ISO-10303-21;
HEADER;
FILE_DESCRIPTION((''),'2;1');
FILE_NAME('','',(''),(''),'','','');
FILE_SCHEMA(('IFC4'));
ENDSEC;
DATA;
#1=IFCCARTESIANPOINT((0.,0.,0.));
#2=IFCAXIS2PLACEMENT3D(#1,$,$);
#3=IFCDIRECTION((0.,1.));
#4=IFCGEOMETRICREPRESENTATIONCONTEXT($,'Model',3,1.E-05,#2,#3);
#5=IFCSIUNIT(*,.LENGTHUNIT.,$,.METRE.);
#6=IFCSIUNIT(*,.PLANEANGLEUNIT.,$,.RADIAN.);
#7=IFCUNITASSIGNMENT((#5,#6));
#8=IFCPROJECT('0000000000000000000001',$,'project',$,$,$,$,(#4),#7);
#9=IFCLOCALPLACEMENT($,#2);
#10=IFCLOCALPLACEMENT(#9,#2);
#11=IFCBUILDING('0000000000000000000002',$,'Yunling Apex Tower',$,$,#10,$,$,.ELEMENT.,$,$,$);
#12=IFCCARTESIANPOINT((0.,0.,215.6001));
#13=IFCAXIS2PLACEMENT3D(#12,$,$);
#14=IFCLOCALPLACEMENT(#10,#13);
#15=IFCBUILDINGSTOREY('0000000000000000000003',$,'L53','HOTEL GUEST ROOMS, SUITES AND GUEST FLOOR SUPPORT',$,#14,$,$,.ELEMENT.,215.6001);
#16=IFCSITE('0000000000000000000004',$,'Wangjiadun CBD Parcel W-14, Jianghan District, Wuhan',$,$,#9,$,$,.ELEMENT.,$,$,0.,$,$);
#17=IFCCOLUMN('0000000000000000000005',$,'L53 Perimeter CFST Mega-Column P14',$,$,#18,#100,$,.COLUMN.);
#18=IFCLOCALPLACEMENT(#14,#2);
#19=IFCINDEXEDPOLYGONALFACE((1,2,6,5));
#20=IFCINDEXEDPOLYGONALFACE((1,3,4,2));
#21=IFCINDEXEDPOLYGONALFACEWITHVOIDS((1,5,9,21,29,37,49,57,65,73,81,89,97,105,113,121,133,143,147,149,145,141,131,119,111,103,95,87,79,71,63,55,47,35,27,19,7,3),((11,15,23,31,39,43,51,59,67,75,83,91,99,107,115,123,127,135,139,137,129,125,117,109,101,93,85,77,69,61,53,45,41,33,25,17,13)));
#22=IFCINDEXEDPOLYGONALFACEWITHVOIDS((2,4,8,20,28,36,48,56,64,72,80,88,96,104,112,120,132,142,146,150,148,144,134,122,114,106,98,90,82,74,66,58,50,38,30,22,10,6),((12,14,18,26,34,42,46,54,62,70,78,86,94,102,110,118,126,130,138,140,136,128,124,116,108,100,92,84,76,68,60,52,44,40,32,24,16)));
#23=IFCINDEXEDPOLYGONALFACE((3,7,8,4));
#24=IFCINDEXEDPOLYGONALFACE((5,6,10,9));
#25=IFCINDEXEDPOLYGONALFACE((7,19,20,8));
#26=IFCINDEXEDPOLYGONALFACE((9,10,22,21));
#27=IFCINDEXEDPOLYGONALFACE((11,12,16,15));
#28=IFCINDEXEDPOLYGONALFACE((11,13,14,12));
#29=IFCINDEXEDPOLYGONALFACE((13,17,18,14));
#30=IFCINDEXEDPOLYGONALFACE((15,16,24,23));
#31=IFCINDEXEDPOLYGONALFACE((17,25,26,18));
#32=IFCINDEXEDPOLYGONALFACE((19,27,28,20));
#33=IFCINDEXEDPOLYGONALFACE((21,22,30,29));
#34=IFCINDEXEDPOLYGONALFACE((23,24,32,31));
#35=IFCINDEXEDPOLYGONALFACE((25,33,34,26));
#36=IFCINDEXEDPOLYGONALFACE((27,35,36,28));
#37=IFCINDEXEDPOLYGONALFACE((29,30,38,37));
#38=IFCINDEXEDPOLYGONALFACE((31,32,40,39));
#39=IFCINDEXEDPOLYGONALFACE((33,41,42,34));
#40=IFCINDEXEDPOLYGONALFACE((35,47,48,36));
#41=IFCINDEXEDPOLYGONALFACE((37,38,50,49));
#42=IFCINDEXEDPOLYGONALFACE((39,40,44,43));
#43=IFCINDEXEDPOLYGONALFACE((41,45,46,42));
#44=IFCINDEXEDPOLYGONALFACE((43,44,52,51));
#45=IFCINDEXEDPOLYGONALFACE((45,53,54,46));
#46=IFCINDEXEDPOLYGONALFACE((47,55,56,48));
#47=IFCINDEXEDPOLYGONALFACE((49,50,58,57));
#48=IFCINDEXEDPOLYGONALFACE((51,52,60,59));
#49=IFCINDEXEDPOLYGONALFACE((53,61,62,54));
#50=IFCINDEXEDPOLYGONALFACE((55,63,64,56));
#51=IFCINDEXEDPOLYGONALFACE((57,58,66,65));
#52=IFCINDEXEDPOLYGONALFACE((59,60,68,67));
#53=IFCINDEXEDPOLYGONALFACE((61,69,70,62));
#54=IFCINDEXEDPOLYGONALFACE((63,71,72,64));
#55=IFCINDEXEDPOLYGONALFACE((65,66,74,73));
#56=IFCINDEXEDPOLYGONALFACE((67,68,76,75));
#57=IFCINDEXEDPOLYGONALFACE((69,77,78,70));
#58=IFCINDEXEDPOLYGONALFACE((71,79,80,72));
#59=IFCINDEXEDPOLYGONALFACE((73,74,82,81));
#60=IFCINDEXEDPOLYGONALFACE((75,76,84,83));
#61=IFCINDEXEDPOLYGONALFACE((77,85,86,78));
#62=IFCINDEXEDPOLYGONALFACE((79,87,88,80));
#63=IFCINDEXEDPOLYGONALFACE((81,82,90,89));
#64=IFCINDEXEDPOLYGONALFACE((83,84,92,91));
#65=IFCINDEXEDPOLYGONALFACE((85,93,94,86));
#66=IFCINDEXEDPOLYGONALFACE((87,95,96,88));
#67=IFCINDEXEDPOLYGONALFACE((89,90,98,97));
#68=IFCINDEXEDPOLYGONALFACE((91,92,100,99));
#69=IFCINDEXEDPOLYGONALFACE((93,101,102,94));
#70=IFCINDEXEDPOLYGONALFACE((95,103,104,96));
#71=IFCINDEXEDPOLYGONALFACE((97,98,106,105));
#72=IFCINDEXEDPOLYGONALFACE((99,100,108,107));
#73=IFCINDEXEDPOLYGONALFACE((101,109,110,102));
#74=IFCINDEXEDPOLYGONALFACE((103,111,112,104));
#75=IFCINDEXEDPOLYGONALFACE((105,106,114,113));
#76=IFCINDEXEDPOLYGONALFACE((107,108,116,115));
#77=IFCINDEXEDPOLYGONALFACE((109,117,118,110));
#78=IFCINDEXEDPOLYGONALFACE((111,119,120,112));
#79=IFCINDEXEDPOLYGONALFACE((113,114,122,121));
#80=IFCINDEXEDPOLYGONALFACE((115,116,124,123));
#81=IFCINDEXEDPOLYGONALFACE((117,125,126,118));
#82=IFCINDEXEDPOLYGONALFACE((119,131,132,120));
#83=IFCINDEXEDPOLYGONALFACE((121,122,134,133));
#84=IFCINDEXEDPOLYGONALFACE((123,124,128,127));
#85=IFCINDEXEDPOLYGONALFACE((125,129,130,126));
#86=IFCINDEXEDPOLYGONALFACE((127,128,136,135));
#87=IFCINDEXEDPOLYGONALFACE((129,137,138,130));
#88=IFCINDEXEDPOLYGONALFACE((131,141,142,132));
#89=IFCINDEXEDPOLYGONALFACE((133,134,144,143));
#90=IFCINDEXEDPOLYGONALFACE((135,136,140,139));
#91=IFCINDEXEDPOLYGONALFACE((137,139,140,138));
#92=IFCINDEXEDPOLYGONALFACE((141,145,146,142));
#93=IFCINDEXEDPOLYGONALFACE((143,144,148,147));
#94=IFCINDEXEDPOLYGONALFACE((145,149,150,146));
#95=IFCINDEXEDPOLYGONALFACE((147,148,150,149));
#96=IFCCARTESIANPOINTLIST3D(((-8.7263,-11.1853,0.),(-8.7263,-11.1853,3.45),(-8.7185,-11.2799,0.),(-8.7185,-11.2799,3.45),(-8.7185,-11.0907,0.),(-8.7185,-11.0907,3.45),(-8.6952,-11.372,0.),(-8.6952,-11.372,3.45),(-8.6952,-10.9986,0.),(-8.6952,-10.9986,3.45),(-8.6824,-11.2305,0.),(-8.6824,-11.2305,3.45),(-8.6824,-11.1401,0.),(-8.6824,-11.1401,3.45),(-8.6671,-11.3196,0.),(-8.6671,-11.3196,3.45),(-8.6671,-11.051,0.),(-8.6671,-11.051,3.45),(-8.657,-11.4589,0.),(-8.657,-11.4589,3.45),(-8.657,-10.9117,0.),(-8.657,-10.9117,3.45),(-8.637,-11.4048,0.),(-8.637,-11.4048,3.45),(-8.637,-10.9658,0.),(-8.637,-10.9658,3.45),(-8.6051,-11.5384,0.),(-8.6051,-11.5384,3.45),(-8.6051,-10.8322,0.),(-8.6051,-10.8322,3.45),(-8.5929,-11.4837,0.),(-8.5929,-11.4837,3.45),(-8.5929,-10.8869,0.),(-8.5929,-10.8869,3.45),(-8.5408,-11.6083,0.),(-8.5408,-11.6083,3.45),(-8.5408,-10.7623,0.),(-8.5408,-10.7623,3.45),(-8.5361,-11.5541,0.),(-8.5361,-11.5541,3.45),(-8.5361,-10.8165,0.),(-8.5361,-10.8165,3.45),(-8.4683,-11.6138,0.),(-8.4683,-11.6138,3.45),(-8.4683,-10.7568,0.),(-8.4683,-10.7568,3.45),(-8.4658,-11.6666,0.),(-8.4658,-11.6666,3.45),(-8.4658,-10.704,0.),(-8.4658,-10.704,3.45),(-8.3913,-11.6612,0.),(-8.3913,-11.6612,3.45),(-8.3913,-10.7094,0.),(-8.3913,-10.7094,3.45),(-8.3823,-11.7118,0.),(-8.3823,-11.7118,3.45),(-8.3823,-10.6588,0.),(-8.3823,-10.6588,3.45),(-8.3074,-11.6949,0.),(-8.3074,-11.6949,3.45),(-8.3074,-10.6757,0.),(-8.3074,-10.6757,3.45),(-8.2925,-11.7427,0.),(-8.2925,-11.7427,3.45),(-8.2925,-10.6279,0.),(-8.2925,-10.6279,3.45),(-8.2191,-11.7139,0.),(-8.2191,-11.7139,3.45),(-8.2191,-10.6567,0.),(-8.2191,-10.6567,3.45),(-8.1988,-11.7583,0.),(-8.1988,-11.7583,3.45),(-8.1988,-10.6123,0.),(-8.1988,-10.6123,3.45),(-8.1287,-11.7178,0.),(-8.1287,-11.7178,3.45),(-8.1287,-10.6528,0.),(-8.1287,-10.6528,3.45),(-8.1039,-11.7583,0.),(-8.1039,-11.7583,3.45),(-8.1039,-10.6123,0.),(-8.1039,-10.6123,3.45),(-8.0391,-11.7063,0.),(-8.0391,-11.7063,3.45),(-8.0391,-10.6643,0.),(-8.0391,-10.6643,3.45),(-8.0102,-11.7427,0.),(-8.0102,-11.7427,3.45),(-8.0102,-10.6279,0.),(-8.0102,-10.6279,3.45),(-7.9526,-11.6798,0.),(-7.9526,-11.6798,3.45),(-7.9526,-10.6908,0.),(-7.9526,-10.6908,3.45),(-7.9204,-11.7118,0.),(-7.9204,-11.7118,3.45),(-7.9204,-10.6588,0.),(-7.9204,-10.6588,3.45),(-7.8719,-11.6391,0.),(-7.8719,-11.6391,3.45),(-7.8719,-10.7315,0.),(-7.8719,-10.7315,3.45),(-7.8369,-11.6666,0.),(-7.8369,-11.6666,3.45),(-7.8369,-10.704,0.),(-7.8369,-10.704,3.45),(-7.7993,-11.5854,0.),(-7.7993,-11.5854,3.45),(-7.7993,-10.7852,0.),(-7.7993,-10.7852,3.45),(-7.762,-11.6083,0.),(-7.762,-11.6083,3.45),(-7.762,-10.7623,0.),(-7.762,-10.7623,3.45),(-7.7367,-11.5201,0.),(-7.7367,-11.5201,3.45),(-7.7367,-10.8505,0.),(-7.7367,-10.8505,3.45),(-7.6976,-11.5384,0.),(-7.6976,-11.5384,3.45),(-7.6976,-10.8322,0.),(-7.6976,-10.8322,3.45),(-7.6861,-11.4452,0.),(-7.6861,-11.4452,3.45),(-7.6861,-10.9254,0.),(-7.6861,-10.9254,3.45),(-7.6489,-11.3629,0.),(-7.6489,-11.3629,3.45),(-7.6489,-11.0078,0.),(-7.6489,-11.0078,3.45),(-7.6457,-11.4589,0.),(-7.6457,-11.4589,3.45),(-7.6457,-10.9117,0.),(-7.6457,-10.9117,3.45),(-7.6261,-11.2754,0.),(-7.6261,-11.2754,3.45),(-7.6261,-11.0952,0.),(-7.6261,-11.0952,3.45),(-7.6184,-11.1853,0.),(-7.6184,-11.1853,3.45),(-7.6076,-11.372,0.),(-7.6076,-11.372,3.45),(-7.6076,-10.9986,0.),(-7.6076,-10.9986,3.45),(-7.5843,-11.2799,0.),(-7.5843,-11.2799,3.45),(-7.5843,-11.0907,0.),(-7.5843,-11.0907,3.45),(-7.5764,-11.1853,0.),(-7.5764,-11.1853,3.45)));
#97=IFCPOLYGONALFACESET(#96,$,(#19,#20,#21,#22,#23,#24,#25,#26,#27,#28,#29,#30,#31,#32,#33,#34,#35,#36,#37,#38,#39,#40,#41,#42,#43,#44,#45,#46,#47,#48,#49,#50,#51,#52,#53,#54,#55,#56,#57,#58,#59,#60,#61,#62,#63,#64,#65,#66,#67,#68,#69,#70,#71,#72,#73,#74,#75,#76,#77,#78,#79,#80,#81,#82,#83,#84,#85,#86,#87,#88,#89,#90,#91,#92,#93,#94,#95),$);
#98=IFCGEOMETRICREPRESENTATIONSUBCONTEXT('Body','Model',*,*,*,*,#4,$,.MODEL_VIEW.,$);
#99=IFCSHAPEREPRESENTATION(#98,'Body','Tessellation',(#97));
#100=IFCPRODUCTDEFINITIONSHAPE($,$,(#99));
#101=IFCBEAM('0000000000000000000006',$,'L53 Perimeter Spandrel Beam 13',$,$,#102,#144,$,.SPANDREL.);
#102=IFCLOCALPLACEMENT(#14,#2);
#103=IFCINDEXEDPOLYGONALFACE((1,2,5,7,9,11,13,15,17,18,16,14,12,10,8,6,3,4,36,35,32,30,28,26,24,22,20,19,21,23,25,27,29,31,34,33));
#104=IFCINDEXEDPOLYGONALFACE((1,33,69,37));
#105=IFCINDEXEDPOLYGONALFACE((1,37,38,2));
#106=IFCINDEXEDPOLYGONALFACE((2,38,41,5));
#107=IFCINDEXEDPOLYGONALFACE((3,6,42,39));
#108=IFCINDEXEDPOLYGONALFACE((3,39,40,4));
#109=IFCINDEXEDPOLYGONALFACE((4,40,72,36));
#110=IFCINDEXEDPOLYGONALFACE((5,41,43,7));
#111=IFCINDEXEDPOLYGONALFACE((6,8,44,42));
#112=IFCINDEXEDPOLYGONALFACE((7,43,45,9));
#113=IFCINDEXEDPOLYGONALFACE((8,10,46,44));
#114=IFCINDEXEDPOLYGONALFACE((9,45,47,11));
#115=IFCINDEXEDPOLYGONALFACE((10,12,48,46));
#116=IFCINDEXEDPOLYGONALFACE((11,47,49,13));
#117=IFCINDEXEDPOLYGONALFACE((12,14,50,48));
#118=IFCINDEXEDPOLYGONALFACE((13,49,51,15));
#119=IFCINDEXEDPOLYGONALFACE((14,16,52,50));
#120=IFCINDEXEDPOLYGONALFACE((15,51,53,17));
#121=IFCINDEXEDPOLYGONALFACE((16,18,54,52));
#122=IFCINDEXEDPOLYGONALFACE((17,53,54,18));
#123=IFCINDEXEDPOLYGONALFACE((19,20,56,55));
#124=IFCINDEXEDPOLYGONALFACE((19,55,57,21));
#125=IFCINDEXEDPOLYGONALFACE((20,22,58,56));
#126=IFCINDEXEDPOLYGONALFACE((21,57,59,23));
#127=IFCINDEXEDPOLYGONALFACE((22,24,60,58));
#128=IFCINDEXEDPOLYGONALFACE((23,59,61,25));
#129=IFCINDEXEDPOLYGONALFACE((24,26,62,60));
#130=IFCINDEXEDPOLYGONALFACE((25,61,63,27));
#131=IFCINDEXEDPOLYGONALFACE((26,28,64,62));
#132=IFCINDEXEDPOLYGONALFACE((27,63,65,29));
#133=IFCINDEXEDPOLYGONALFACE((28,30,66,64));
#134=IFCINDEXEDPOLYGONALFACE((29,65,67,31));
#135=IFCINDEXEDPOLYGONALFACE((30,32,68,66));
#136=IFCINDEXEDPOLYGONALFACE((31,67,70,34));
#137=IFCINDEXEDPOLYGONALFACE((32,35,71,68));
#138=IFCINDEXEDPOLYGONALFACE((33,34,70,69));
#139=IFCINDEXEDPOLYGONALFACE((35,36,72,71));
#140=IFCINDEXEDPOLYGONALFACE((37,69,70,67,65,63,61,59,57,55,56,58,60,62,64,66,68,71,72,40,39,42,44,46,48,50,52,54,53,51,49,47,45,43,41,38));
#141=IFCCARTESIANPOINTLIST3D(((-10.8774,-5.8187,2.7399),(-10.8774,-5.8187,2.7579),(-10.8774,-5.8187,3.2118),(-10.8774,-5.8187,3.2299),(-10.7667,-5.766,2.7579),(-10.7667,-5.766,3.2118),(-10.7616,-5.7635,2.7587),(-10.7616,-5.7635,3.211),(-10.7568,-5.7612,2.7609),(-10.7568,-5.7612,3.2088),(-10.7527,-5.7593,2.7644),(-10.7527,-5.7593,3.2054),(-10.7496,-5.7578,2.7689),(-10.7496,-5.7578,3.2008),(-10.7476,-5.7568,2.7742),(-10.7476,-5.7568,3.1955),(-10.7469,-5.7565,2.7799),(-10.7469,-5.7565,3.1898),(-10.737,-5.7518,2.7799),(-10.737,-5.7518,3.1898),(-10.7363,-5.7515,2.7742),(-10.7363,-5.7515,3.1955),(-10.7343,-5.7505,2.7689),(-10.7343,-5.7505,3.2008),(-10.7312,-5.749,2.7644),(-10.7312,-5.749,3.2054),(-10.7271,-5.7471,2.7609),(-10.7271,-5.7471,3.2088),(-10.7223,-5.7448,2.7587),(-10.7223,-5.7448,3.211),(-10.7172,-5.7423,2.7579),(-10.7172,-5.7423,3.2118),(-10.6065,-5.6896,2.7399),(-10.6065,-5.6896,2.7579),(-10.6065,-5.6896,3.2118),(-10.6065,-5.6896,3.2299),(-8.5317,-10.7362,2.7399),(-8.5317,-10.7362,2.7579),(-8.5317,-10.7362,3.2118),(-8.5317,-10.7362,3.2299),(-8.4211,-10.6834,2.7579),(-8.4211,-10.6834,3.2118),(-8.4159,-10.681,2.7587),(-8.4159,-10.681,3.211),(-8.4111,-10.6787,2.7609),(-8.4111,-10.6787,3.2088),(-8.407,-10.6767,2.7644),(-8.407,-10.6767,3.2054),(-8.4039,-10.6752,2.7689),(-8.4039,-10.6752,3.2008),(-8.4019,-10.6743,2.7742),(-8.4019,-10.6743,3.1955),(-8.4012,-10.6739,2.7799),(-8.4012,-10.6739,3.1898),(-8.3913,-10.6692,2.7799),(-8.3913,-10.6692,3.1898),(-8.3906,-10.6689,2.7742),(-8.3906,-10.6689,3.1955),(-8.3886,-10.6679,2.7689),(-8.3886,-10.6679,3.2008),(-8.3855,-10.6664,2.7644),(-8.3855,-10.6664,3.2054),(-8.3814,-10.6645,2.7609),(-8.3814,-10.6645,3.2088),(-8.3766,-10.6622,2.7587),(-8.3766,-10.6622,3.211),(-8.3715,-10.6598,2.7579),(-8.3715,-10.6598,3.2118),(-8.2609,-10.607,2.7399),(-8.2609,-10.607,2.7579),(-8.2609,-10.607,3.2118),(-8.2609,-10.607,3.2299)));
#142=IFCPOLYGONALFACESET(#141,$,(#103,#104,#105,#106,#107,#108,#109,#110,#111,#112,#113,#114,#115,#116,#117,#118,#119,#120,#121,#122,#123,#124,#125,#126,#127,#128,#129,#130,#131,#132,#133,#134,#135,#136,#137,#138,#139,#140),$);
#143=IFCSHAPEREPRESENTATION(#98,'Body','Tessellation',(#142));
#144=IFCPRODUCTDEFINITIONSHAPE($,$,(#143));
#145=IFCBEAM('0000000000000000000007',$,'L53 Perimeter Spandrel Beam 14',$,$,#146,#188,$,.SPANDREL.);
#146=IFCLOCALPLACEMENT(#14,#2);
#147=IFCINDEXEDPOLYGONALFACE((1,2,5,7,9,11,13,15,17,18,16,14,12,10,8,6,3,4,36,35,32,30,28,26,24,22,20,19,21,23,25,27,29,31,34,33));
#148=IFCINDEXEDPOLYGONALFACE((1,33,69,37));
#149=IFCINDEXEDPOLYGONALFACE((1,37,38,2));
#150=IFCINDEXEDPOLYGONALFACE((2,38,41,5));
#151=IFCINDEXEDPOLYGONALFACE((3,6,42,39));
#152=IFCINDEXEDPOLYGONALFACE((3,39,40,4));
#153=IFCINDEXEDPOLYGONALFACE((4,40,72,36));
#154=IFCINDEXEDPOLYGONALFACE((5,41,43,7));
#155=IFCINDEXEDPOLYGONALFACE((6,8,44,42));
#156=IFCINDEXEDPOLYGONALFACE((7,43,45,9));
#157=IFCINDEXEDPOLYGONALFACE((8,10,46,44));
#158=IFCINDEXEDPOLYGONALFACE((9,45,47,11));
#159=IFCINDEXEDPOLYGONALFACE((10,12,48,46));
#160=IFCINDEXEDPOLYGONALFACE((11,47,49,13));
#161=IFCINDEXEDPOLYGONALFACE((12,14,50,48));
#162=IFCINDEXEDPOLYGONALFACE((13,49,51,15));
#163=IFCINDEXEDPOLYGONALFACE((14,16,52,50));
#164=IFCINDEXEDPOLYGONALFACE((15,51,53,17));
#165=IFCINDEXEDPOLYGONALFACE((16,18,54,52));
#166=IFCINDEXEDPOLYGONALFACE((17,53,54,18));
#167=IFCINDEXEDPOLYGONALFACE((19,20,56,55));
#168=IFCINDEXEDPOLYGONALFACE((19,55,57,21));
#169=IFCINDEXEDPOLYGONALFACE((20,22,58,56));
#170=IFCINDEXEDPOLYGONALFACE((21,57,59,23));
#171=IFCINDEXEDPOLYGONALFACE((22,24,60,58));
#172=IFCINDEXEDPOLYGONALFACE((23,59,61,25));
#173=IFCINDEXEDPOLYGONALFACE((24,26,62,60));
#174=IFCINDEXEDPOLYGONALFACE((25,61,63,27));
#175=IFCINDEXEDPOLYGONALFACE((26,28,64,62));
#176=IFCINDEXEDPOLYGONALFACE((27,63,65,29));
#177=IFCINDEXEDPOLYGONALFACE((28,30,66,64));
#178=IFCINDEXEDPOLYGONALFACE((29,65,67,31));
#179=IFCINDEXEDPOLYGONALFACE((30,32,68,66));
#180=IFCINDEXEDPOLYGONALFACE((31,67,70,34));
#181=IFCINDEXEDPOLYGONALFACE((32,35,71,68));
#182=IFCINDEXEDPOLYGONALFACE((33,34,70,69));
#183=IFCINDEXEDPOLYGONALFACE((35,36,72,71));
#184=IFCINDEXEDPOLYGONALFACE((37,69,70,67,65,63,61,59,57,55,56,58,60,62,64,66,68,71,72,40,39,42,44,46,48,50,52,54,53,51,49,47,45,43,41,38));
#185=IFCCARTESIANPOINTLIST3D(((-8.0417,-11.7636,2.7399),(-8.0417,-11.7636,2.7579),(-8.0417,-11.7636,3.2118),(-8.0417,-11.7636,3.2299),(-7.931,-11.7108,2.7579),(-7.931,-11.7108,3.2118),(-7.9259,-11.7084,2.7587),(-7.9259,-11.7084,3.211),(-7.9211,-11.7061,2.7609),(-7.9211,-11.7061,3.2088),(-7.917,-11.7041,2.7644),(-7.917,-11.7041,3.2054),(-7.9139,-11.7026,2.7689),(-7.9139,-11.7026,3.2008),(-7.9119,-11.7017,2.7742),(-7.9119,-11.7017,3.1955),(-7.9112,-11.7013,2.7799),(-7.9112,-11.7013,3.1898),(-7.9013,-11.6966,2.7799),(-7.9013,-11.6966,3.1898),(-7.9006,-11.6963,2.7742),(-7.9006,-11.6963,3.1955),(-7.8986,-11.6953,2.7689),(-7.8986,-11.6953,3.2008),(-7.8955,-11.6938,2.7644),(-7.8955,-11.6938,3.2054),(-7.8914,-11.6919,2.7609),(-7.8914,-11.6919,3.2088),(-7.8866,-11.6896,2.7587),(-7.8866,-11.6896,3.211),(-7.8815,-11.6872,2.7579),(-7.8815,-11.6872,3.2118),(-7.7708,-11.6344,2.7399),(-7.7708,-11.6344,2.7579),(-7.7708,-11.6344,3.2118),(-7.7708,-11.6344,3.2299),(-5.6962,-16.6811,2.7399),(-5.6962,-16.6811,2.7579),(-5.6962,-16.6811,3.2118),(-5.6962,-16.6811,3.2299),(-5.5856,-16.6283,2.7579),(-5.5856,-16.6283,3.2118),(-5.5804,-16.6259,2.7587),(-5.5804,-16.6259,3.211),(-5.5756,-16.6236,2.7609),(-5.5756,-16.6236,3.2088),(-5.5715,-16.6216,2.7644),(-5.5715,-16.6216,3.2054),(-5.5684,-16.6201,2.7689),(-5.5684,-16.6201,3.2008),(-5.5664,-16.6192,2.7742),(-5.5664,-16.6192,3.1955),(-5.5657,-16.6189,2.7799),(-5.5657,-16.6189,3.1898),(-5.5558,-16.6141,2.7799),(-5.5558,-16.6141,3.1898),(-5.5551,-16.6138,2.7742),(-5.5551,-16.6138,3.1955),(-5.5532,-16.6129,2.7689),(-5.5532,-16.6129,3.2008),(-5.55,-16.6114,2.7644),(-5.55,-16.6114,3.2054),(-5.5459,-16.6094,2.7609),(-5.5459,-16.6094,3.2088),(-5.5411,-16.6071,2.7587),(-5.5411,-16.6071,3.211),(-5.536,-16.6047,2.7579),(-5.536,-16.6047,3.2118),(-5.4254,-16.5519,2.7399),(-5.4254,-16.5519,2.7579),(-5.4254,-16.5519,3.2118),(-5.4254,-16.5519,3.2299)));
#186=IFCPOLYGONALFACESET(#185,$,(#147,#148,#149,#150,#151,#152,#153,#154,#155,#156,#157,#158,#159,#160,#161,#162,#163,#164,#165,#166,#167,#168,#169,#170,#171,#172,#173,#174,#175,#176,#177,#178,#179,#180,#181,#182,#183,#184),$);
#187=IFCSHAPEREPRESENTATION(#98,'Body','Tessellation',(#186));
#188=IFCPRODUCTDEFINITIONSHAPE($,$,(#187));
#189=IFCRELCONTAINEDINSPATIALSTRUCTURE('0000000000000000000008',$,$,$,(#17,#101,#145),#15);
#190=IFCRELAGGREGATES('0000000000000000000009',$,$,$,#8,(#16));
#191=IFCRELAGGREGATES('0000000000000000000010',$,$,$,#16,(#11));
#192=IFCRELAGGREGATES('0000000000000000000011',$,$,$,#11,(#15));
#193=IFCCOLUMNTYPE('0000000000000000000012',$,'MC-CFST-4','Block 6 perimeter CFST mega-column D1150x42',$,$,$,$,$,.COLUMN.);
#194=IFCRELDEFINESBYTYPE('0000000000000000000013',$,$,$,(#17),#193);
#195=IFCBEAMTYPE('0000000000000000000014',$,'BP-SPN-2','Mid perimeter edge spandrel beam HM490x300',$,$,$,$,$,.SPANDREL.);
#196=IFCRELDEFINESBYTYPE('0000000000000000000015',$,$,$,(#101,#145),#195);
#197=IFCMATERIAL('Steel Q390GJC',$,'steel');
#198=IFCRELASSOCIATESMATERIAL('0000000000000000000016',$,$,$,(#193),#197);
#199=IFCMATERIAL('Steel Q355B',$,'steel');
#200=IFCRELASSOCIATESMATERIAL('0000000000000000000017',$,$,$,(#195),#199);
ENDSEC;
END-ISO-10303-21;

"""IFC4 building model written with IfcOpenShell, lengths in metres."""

from ifc_helpers import new_model, si_unit, direction, frame, origin, origin_2d, place, context, subcontext, project, spatial, hollow_circle, i_section, extrude, source, transform, mapped, material, material_profile, profile_set, type_object, element, save


model = new_model("IFC4")

# Units and contexts
model_context = context("Model", 3, precision=1e-05, world=origin(), true_north=direction((0.0, 1.0)))
body_context = subcontext(model_context, "Body", "Model", "MODEL_VIEW")
ifc_project = project(units=[si_unit("LENGTHUNIT", "METRE"), si_unit("PLANEANGLEUNIT", "RADIAN")], contexts=[model_context])

# Site, building, storey
site_placement = place(None, origin())
site = spatial("IfcSite", under=ifc_project, at=site_placement, Name="Wangjiadun CBD Parcel W-14, Jianghan District, Wuhan", CompositionType="ELEMENT", RefElevation=0.0)
building_placement = place(site_placement, origin())
building = spatial("IfcBuilding", under=site, at=building_placement, Name="Yunling Apex Tower", CompositionType="ELEMENT")
storey_placement = place(building_placement, frame((0.0, 0.0, 215.6001)))
storey = spatial("IfcBuildingStorey", under=building, at=storey_placement, Name="L53", Description="HOTEL GUEST ROOMS, SUITES AND GUEST FLOOR SUPPORT", CompositionType="ELEMENT", Elevation=215.6001)

# Column
ifc_material_1 = material(Name="Steel Q390GJC", Category="steel")
ifc_material_profile_1 = material_profile(ifc_material_1, hollow_circle(Radius=0.575, WallThickness=0.042, at=origin_2d()))
ifc_profile_set_1 = profile_set([ifc_material_profile_1], Name="Steel Q390GJC")
column_type = type_object("IfcColumnType", Name="MC-CFST-4", Description="Block 6 perimeter CFST mega-column D1150x42", PredefinedType="COLUMN", material=ifc_profile_set_1)
shared_shape_1 = source(origin(), body_context, "Body", "SweptSolid", [
    extrude(hollow_circle(Radius=0.575, WallThickness=0.042, at=origin_2d()), origin(), (0.0, 0.0, 1.0), 3.45),
])
column_placement = place(storey_placement, frame((-8.1514, -11.1853, 0.0), z_axis=(0.0, 0.0, 1.0), x_axis=(1.0, 0.0, 0.0)))
element("IfcColumn", 1, at=column_placement, inside=storey, type_object=column_type, Name="L53 Perimeter CFST Mega-Column P14", PredefinedType="COLUMN", context=body_context, shape_type="MappedRepresentation", body=[
    mapped(shared_shape_1, transform((0.0, 0.0, 0.0), scale=1.0)),
])

# Beams
ifc_material_2 = material(Name="Steel Q355B", Category="steel")
ifc_material_profile_2 = material_profile(ifc_material_2, i_section(OverallWidth=0.3, OverallDepth=0.49, WebThickness=0.011, FlangeThickness=0.0181, FilletRadius=0.022, at=origin_2d()))
ifc_profile_set_2 = profile_set([ifc_material_profile_2], Name="Steel Q355B")
beam_type_1 = type_object("IfcBeamType", Name="BP-SPN-2", Description="Mid perimeter edge spandrel beam HM490x300", PredefinedType="SPANDREL", material=ifc_profile_set_2)
shared_shape_2 = source(origin(), body_context, "Body", "SweptSolid", [
    extrude(i_section(OverallWidth=0.3, OverallDepth=0.49, WebThickness=0.011, FlangeThickness=0.0181, FilletRadius=0.022, at=origin_2d()), origin(), (0.0, 0.0, 1.0), 5.4482),
])
for number, where, z_axis, x_axis, name in (
    (2, (-10.7419, -5.7542, 2.9849), (0.430539, -0.902572, 0.0), (0.902572, 0.430539, 0.0), "L53 Perimeter Spandrel Beam 13"),
    (3, (-7.9062, -11.699, 2.9849), (0.430502, -0.902589, 0.0), (0.902589, 0.430502, 0.0), "L53 Perimeter Spandrel Beam 14"),
):
    element("IfcBeam", number, at=place(storey_placement, frame(where, z_axis=z_axis, x_axis=x_axis)), inside=storey, type_object=beam_type_1, Name=name, PredefinedType="SPANDREL", context=body_context, shape_type="MappedRepresentation", body=[
        mapped(shared_shape_2, transform((0.0, 0.0, 0.0), scale=1.0)),
    ])

save(model, "model.ifc")
